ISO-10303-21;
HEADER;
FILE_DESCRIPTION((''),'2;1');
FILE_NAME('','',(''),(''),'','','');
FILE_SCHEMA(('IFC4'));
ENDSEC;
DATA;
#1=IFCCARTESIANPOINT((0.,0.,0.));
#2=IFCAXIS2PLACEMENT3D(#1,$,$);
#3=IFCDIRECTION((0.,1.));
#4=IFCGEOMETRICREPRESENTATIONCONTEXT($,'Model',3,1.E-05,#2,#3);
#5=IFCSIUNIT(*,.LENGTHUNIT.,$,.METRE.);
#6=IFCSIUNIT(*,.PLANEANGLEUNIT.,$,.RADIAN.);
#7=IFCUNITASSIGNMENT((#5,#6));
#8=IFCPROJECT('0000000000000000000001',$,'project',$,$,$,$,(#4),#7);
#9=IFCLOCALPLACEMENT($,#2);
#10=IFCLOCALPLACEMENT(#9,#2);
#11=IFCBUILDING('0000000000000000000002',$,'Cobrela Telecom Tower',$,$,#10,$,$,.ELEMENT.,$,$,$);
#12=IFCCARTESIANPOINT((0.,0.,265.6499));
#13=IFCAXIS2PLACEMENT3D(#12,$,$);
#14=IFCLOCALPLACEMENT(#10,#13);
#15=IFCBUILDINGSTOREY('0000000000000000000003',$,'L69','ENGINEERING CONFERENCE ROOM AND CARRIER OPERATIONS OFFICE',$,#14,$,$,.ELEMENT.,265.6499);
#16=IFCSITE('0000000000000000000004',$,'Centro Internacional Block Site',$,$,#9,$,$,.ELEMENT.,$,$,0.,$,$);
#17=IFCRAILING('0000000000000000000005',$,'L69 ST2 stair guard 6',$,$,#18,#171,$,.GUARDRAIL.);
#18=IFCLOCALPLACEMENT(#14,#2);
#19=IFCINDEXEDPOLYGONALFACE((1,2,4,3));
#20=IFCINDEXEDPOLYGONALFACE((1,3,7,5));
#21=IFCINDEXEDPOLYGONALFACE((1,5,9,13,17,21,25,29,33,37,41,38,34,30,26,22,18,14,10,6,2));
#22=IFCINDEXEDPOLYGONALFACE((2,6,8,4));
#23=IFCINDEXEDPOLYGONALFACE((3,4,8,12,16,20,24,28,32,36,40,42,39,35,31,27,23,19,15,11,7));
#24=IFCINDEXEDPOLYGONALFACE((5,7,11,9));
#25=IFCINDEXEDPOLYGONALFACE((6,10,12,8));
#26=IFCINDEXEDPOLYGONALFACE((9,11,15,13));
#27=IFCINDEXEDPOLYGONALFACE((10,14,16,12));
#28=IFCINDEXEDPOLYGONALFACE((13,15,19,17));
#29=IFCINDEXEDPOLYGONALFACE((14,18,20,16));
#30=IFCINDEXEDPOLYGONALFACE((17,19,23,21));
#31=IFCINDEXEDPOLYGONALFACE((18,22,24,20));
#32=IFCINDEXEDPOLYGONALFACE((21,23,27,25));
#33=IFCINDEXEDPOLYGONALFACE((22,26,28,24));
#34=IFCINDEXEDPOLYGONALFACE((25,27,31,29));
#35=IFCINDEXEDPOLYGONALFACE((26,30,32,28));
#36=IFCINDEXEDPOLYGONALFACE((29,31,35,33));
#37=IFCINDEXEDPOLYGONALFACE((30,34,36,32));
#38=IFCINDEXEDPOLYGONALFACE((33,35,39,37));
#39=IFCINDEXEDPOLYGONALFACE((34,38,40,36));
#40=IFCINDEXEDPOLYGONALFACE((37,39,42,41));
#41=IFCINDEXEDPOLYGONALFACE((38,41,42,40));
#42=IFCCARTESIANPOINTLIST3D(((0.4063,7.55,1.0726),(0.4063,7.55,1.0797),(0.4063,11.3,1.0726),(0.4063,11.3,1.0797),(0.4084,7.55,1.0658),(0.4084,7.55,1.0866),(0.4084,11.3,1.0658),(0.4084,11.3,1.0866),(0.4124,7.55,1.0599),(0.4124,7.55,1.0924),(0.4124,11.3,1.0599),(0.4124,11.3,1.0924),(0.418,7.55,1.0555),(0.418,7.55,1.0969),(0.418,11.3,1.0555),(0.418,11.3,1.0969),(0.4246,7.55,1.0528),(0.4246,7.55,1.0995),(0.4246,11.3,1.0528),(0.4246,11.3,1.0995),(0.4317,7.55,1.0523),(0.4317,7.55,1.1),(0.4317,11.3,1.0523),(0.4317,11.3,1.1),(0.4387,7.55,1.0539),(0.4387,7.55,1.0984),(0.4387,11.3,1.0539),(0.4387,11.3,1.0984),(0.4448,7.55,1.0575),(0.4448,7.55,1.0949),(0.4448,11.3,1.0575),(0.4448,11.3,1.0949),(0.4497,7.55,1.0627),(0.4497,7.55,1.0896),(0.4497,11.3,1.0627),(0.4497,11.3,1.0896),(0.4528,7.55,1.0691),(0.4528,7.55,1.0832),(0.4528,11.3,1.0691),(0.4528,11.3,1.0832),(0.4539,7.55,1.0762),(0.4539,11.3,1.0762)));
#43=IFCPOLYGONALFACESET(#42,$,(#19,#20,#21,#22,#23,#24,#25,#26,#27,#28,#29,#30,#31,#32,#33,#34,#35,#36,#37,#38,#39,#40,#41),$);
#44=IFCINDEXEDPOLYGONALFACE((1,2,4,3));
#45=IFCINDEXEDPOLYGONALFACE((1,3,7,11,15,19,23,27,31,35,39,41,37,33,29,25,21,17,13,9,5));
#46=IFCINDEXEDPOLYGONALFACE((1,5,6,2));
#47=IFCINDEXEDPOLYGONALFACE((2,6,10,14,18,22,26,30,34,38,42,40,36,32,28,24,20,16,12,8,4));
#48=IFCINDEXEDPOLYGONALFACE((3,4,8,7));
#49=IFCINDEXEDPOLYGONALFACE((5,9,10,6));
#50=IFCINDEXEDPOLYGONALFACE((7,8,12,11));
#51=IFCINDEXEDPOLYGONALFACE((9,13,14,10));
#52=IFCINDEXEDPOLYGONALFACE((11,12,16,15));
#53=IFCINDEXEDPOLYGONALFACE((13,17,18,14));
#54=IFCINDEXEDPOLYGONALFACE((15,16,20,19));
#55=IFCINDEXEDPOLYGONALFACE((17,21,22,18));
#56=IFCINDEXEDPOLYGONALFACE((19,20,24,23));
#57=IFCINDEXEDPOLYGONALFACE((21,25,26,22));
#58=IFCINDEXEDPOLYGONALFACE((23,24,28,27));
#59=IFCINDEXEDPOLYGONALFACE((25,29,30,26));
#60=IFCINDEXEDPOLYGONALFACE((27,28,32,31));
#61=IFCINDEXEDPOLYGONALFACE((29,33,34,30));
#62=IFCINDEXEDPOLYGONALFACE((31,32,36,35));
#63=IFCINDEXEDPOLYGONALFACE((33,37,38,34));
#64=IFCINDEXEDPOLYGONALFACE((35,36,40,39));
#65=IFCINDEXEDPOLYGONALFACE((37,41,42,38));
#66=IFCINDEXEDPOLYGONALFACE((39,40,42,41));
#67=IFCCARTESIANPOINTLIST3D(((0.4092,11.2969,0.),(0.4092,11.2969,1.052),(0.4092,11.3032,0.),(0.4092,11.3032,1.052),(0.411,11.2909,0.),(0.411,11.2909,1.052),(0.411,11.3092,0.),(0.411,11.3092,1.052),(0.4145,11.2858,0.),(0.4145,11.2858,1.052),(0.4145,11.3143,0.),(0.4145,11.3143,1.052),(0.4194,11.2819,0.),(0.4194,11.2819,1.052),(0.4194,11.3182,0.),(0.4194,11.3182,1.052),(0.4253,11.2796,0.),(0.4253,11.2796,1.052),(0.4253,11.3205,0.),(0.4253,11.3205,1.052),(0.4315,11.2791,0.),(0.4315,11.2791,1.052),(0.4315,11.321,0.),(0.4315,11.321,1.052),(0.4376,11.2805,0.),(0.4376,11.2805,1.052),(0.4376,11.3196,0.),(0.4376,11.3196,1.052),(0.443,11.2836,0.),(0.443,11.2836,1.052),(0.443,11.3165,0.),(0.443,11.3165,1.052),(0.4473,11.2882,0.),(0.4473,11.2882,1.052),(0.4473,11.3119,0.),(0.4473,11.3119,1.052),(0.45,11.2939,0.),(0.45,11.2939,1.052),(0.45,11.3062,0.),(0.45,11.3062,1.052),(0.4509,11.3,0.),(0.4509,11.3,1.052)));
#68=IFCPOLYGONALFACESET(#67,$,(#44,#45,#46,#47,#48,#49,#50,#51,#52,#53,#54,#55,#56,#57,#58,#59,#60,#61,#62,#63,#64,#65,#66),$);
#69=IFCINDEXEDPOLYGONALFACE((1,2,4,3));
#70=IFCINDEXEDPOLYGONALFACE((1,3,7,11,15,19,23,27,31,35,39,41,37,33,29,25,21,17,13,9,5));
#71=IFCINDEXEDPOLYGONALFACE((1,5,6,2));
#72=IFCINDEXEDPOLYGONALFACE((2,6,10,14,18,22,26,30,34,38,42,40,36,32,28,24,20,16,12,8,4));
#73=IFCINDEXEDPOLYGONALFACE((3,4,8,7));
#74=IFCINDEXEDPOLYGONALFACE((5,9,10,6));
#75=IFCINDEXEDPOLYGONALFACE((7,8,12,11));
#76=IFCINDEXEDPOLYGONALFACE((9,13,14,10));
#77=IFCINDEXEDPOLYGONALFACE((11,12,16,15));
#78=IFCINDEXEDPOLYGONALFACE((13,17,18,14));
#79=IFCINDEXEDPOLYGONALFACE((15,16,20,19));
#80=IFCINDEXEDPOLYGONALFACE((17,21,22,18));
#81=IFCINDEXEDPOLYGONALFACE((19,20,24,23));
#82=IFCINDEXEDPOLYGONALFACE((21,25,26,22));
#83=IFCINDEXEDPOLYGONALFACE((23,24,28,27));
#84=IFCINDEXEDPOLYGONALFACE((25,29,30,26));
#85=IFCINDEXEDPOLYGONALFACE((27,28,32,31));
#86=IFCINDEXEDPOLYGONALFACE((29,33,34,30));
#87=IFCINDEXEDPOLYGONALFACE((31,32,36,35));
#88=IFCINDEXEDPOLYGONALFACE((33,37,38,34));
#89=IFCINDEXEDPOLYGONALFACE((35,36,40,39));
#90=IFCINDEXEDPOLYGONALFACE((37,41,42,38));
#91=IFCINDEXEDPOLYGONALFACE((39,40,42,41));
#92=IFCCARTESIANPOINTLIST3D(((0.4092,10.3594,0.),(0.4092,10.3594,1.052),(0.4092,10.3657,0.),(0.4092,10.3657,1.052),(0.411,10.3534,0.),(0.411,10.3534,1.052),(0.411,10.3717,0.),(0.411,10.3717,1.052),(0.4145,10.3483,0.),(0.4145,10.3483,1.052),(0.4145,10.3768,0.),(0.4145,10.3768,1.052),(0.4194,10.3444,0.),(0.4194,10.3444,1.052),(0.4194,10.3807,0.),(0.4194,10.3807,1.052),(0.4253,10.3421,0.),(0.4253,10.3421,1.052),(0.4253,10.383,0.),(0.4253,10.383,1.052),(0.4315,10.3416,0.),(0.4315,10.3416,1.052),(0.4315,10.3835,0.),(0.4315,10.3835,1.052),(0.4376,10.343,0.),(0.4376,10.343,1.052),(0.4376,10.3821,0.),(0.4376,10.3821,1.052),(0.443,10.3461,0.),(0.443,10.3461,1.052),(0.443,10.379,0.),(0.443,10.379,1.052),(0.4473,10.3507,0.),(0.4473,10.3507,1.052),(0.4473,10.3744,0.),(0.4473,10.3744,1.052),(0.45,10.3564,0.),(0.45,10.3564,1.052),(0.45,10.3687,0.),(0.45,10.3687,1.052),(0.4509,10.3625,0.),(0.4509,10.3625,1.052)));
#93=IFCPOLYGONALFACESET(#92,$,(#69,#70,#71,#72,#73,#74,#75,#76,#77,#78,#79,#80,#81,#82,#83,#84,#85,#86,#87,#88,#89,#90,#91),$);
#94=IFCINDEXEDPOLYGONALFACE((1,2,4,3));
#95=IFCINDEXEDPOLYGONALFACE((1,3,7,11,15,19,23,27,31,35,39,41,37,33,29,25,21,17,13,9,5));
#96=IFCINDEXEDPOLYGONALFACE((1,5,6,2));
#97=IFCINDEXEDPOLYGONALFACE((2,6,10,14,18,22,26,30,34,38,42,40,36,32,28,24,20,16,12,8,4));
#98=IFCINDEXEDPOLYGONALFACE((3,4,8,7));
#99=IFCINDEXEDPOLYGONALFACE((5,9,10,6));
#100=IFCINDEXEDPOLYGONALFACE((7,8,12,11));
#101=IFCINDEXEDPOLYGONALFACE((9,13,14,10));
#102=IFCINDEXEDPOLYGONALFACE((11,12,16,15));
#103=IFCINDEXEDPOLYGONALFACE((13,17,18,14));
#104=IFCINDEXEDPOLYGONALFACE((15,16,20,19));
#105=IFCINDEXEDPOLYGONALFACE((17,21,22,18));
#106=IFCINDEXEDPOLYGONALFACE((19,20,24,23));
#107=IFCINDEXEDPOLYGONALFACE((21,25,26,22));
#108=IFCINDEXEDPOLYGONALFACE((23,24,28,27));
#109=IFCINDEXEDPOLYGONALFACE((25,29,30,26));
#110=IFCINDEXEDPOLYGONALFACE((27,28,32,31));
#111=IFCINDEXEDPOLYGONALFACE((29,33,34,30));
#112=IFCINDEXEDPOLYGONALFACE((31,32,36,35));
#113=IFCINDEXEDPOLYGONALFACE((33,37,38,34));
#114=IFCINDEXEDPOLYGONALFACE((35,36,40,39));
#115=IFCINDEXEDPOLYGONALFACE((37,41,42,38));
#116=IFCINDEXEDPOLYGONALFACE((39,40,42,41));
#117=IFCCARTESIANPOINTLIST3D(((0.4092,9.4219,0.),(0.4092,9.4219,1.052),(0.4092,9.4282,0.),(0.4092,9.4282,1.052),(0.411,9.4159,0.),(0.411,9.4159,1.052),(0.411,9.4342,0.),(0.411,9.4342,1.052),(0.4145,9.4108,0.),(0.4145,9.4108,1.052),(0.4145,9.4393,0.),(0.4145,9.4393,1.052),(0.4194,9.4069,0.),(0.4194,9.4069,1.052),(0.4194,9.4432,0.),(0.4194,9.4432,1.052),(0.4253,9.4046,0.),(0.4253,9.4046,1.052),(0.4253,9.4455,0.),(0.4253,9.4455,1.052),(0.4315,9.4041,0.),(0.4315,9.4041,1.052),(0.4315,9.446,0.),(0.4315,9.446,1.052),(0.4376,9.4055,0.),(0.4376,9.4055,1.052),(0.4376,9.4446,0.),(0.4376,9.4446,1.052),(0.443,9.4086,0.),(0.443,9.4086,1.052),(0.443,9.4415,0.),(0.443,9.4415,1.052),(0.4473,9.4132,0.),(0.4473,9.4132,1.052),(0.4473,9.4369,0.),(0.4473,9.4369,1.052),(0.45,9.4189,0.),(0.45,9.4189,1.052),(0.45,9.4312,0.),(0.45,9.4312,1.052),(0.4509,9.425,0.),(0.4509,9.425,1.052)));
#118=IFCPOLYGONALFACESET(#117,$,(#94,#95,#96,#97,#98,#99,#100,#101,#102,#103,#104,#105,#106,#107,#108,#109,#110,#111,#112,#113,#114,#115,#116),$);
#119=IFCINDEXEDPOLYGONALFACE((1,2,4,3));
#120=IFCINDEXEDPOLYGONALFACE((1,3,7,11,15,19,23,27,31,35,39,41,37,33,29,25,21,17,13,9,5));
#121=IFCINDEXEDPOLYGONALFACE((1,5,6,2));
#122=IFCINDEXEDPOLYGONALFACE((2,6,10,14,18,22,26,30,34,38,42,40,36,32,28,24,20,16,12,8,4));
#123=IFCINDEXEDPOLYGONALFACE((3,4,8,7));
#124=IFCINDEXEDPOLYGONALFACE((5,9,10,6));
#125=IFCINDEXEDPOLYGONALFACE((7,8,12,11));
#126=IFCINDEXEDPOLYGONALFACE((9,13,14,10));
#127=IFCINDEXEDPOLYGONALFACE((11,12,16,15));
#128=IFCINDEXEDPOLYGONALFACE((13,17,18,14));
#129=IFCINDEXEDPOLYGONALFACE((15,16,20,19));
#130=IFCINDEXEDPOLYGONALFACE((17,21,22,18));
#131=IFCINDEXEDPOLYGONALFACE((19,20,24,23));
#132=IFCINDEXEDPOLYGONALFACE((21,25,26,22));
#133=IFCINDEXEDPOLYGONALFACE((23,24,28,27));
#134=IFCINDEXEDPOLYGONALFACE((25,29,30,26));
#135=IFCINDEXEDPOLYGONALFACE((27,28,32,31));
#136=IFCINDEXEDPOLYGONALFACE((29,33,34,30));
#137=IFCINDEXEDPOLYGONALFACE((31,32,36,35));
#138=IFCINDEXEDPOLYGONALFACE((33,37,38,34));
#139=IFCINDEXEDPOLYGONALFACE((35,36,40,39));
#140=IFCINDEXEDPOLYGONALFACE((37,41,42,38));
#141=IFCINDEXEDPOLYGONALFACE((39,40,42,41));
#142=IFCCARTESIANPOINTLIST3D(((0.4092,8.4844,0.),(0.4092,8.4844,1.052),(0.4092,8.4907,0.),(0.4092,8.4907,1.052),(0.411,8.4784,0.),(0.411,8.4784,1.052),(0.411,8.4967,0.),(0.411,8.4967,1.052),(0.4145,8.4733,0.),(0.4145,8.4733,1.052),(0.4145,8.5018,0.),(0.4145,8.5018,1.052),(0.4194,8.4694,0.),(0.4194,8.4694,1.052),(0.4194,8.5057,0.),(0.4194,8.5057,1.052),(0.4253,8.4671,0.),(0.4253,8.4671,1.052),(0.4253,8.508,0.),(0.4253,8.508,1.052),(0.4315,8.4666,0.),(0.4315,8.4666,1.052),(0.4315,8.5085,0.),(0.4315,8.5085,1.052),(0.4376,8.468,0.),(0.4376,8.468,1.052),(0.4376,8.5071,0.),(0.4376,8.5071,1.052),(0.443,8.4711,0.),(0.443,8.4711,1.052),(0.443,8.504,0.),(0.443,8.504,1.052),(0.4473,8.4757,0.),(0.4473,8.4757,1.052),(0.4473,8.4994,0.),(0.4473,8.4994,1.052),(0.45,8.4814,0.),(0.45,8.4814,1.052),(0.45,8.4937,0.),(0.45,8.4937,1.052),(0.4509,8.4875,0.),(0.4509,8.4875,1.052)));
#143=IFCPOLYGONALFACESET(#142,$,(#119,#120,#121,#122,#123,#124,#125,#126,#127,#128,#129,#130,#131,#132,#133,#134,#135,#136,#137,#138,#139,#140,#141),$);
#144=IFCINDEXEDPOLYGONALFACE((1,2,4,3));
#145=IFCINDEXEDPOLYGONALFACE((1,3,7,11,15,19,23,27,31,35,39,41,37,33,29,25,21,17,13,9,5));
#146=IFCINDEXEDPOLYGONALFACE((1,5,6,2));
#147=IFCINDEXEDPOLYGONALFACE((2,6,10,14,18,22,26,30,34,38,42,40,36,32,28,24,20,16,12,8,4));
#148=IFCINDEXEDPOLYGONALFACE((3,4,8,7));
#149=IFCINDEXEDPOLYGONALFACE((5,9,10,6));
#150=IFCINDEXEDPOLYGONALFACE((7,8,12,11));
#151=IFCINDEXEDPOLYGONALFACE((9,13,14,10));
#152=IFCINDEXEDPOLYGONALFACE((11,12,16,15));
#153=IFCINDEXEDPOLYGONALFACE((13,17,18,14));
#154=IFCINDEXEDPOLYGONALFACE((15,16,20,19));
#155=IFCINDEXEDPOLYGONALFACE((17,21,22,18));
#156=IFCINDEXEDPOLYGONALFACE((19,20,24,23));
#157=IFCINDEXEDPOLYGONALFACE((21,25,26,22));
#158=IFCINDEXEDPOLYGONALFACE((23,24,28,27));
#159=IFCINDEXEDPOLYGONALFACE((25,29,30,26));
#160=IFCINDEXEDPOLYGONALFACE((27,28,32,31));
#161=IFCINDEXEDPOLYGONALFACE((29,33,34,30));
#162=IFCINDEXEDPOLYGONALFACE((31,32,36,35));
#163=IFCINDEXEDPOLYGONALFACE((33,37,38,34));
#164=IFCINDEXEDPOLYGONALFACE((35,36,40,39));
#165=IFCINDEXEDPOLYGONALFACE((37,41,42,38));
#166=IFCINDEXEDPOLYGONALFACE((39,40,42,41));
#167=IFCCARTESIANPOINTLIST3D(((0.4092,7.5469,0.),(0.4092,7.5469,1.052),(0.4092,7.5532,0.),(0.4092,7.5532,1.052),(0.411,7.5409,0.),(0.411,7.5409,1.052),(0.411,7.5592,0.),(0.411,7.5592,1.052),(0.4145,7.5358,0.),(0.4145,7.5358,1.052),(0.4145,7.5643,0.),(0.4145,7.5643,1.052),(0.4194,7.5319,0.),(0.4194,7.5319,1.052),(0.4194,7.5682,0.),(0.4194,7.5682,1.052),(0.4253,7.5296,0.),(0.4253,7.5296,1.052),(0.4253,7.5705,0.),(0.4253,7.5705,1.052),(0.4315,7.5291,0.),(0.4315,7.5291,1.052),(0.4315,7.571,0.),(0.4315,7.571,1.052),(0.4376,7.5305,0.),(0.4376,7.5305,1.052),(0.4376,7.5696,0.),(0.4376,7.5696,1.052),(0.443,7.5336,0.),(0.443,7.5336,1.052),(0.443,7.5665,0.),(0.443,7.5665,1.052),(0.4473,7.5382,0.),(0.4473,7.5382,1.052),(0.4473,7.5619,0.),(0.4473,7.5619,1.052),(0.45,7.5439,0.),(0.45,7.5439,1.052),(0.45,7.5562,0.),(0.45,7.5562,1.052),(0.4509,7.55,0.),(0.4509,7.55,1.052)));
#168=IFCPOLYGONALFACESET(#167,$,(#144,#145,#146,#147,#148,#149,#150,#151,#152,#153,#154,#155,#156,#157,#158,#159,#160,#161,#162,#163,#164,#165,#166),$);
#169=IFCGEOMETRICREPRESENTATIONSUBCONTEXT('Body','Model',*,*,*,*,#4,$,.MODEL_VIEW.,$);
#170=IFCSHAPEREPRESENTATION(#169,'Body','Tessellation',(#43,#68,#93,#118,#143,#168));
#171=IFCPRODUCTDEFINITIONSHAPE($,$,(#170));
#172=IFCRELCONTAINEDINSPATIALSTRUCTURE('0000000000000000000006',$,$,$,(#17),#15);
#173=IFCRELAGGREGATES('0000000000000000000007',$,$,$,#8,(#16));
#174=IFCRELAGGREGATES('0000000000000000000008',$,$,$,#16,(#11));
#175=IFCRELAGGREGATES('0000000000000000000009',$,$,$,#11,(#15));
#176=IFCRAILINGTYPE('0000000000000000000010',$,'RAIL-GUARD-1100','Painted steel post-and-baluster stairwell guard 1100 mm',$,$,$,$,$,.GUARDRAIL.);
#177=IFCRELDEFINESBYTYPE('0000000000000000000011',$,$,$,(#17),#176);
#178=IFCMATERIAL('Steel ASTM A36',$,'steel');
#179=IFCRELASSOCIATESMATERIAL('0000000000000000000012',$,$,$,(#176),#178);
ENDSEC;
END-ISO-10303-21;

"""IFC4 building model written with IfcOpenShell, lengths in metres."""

from ifc_helpers import new_model, si_unit, direction, frame, origin, origin_2d, place, context, subcontext, project, spatial, circle, extrude, material, type_object, element, save


model = new_model("IFC4")

# Units and contexts
model_context = context("Model", 3, precision=1e-05, world=origin(), true_north=direction((0.0, 1.0)))
body_context = subcontext(model_context, "Body", "Model", "MODEL_VIEW")
ifc_project = project(units=[si_unit("LENGTHUNIT", "METRE"), si_unit("PLANEANGLEUNIT", "RADIAN")], contexts=[model_context])

# Site, building, storey
site_placement = place(None, origin())
site = spatial("IfcSite", under=ifc_project, at=site_placement, Name="Centro Internacional Block Site", CompositionType="ELEMENT", RefElevation=0.0)
building_placement = place(site_placement, origin())
building = spatial("IfcBuilding", under=site, at=building_placement, Name="Cobrela Telecom Tower", CompositionType="ELEMENT")
storey_placement = place(building_placement, frame((0.0, 0.0, 265.6499)))
storey = spatial("IfcBuildingStorey", under=building, at=storey_placement, Name="L69", Description="ENGINEERING CONFERENCE ROOM AND CARRIER OPERATIONS OFFICE", CompositionType="ELEMENT", Elevation=265.6499)

# Shared definitions
ifc_material_1 = material(Name="Steel ASTM A36", Category="steel")

# Railing
railing_type = type_object("IfcRailingType", Name="RAIL-GUARD-1100", Description="Painted steel post-and-baluster stairwell guard 1100 mm", PredefinedType="GUARDRAIL", material=ifc_material_1)
railing_1_placement = place(storey_placement, frame((0.4299, 11.3, 0.0)))
element("IfcRailing", 1, at=railing_1_placement, inside=storey, type_object=railing_type, Name="L69 ST2 stair guard 6", PredefinedType="GUARDRAIL", context=body_context, shape_type="SweptSolid", body=[
    extrude(circle(Radius=0.0239, at=origin_2d()), frame((0.0, 0.0, 1.0762), z_axis=(0.0, -1.0, 0.0), x_axis=(1.0, 0.0, 0.0)), (0.0, 0.0, 1.0), 3.75),
    extrude(circle(Radius=0.021, at=origin_2d()), origin(), (0.0, 0.0, 1.0), 1.052),
    extrude(circle(Radius=0.021, at=origin_2d()), frame((0.0, -0.9375, 0.0)), (0.0, 0.0, 1.0), 1.052),
    extrude(circle(Radius=0.021, at=origin_2d()), frame((0.0, -1.875, 0.0)), (0.0, 0.0, 1.0), 1.052),
    extrude(circle(Radius=0.021, at=origin_2d()), frame((0.0, -2.8125, 0.0)), (0.0, 0.0, 1.0), 1.052),
    extrude(circle(Radius=0.021, at=origin_2d()), frame((0.0, -3.75, 0.0)), (0.0, 0.0, 1.0), 1.052),
])

save(model, "model.ifc")
